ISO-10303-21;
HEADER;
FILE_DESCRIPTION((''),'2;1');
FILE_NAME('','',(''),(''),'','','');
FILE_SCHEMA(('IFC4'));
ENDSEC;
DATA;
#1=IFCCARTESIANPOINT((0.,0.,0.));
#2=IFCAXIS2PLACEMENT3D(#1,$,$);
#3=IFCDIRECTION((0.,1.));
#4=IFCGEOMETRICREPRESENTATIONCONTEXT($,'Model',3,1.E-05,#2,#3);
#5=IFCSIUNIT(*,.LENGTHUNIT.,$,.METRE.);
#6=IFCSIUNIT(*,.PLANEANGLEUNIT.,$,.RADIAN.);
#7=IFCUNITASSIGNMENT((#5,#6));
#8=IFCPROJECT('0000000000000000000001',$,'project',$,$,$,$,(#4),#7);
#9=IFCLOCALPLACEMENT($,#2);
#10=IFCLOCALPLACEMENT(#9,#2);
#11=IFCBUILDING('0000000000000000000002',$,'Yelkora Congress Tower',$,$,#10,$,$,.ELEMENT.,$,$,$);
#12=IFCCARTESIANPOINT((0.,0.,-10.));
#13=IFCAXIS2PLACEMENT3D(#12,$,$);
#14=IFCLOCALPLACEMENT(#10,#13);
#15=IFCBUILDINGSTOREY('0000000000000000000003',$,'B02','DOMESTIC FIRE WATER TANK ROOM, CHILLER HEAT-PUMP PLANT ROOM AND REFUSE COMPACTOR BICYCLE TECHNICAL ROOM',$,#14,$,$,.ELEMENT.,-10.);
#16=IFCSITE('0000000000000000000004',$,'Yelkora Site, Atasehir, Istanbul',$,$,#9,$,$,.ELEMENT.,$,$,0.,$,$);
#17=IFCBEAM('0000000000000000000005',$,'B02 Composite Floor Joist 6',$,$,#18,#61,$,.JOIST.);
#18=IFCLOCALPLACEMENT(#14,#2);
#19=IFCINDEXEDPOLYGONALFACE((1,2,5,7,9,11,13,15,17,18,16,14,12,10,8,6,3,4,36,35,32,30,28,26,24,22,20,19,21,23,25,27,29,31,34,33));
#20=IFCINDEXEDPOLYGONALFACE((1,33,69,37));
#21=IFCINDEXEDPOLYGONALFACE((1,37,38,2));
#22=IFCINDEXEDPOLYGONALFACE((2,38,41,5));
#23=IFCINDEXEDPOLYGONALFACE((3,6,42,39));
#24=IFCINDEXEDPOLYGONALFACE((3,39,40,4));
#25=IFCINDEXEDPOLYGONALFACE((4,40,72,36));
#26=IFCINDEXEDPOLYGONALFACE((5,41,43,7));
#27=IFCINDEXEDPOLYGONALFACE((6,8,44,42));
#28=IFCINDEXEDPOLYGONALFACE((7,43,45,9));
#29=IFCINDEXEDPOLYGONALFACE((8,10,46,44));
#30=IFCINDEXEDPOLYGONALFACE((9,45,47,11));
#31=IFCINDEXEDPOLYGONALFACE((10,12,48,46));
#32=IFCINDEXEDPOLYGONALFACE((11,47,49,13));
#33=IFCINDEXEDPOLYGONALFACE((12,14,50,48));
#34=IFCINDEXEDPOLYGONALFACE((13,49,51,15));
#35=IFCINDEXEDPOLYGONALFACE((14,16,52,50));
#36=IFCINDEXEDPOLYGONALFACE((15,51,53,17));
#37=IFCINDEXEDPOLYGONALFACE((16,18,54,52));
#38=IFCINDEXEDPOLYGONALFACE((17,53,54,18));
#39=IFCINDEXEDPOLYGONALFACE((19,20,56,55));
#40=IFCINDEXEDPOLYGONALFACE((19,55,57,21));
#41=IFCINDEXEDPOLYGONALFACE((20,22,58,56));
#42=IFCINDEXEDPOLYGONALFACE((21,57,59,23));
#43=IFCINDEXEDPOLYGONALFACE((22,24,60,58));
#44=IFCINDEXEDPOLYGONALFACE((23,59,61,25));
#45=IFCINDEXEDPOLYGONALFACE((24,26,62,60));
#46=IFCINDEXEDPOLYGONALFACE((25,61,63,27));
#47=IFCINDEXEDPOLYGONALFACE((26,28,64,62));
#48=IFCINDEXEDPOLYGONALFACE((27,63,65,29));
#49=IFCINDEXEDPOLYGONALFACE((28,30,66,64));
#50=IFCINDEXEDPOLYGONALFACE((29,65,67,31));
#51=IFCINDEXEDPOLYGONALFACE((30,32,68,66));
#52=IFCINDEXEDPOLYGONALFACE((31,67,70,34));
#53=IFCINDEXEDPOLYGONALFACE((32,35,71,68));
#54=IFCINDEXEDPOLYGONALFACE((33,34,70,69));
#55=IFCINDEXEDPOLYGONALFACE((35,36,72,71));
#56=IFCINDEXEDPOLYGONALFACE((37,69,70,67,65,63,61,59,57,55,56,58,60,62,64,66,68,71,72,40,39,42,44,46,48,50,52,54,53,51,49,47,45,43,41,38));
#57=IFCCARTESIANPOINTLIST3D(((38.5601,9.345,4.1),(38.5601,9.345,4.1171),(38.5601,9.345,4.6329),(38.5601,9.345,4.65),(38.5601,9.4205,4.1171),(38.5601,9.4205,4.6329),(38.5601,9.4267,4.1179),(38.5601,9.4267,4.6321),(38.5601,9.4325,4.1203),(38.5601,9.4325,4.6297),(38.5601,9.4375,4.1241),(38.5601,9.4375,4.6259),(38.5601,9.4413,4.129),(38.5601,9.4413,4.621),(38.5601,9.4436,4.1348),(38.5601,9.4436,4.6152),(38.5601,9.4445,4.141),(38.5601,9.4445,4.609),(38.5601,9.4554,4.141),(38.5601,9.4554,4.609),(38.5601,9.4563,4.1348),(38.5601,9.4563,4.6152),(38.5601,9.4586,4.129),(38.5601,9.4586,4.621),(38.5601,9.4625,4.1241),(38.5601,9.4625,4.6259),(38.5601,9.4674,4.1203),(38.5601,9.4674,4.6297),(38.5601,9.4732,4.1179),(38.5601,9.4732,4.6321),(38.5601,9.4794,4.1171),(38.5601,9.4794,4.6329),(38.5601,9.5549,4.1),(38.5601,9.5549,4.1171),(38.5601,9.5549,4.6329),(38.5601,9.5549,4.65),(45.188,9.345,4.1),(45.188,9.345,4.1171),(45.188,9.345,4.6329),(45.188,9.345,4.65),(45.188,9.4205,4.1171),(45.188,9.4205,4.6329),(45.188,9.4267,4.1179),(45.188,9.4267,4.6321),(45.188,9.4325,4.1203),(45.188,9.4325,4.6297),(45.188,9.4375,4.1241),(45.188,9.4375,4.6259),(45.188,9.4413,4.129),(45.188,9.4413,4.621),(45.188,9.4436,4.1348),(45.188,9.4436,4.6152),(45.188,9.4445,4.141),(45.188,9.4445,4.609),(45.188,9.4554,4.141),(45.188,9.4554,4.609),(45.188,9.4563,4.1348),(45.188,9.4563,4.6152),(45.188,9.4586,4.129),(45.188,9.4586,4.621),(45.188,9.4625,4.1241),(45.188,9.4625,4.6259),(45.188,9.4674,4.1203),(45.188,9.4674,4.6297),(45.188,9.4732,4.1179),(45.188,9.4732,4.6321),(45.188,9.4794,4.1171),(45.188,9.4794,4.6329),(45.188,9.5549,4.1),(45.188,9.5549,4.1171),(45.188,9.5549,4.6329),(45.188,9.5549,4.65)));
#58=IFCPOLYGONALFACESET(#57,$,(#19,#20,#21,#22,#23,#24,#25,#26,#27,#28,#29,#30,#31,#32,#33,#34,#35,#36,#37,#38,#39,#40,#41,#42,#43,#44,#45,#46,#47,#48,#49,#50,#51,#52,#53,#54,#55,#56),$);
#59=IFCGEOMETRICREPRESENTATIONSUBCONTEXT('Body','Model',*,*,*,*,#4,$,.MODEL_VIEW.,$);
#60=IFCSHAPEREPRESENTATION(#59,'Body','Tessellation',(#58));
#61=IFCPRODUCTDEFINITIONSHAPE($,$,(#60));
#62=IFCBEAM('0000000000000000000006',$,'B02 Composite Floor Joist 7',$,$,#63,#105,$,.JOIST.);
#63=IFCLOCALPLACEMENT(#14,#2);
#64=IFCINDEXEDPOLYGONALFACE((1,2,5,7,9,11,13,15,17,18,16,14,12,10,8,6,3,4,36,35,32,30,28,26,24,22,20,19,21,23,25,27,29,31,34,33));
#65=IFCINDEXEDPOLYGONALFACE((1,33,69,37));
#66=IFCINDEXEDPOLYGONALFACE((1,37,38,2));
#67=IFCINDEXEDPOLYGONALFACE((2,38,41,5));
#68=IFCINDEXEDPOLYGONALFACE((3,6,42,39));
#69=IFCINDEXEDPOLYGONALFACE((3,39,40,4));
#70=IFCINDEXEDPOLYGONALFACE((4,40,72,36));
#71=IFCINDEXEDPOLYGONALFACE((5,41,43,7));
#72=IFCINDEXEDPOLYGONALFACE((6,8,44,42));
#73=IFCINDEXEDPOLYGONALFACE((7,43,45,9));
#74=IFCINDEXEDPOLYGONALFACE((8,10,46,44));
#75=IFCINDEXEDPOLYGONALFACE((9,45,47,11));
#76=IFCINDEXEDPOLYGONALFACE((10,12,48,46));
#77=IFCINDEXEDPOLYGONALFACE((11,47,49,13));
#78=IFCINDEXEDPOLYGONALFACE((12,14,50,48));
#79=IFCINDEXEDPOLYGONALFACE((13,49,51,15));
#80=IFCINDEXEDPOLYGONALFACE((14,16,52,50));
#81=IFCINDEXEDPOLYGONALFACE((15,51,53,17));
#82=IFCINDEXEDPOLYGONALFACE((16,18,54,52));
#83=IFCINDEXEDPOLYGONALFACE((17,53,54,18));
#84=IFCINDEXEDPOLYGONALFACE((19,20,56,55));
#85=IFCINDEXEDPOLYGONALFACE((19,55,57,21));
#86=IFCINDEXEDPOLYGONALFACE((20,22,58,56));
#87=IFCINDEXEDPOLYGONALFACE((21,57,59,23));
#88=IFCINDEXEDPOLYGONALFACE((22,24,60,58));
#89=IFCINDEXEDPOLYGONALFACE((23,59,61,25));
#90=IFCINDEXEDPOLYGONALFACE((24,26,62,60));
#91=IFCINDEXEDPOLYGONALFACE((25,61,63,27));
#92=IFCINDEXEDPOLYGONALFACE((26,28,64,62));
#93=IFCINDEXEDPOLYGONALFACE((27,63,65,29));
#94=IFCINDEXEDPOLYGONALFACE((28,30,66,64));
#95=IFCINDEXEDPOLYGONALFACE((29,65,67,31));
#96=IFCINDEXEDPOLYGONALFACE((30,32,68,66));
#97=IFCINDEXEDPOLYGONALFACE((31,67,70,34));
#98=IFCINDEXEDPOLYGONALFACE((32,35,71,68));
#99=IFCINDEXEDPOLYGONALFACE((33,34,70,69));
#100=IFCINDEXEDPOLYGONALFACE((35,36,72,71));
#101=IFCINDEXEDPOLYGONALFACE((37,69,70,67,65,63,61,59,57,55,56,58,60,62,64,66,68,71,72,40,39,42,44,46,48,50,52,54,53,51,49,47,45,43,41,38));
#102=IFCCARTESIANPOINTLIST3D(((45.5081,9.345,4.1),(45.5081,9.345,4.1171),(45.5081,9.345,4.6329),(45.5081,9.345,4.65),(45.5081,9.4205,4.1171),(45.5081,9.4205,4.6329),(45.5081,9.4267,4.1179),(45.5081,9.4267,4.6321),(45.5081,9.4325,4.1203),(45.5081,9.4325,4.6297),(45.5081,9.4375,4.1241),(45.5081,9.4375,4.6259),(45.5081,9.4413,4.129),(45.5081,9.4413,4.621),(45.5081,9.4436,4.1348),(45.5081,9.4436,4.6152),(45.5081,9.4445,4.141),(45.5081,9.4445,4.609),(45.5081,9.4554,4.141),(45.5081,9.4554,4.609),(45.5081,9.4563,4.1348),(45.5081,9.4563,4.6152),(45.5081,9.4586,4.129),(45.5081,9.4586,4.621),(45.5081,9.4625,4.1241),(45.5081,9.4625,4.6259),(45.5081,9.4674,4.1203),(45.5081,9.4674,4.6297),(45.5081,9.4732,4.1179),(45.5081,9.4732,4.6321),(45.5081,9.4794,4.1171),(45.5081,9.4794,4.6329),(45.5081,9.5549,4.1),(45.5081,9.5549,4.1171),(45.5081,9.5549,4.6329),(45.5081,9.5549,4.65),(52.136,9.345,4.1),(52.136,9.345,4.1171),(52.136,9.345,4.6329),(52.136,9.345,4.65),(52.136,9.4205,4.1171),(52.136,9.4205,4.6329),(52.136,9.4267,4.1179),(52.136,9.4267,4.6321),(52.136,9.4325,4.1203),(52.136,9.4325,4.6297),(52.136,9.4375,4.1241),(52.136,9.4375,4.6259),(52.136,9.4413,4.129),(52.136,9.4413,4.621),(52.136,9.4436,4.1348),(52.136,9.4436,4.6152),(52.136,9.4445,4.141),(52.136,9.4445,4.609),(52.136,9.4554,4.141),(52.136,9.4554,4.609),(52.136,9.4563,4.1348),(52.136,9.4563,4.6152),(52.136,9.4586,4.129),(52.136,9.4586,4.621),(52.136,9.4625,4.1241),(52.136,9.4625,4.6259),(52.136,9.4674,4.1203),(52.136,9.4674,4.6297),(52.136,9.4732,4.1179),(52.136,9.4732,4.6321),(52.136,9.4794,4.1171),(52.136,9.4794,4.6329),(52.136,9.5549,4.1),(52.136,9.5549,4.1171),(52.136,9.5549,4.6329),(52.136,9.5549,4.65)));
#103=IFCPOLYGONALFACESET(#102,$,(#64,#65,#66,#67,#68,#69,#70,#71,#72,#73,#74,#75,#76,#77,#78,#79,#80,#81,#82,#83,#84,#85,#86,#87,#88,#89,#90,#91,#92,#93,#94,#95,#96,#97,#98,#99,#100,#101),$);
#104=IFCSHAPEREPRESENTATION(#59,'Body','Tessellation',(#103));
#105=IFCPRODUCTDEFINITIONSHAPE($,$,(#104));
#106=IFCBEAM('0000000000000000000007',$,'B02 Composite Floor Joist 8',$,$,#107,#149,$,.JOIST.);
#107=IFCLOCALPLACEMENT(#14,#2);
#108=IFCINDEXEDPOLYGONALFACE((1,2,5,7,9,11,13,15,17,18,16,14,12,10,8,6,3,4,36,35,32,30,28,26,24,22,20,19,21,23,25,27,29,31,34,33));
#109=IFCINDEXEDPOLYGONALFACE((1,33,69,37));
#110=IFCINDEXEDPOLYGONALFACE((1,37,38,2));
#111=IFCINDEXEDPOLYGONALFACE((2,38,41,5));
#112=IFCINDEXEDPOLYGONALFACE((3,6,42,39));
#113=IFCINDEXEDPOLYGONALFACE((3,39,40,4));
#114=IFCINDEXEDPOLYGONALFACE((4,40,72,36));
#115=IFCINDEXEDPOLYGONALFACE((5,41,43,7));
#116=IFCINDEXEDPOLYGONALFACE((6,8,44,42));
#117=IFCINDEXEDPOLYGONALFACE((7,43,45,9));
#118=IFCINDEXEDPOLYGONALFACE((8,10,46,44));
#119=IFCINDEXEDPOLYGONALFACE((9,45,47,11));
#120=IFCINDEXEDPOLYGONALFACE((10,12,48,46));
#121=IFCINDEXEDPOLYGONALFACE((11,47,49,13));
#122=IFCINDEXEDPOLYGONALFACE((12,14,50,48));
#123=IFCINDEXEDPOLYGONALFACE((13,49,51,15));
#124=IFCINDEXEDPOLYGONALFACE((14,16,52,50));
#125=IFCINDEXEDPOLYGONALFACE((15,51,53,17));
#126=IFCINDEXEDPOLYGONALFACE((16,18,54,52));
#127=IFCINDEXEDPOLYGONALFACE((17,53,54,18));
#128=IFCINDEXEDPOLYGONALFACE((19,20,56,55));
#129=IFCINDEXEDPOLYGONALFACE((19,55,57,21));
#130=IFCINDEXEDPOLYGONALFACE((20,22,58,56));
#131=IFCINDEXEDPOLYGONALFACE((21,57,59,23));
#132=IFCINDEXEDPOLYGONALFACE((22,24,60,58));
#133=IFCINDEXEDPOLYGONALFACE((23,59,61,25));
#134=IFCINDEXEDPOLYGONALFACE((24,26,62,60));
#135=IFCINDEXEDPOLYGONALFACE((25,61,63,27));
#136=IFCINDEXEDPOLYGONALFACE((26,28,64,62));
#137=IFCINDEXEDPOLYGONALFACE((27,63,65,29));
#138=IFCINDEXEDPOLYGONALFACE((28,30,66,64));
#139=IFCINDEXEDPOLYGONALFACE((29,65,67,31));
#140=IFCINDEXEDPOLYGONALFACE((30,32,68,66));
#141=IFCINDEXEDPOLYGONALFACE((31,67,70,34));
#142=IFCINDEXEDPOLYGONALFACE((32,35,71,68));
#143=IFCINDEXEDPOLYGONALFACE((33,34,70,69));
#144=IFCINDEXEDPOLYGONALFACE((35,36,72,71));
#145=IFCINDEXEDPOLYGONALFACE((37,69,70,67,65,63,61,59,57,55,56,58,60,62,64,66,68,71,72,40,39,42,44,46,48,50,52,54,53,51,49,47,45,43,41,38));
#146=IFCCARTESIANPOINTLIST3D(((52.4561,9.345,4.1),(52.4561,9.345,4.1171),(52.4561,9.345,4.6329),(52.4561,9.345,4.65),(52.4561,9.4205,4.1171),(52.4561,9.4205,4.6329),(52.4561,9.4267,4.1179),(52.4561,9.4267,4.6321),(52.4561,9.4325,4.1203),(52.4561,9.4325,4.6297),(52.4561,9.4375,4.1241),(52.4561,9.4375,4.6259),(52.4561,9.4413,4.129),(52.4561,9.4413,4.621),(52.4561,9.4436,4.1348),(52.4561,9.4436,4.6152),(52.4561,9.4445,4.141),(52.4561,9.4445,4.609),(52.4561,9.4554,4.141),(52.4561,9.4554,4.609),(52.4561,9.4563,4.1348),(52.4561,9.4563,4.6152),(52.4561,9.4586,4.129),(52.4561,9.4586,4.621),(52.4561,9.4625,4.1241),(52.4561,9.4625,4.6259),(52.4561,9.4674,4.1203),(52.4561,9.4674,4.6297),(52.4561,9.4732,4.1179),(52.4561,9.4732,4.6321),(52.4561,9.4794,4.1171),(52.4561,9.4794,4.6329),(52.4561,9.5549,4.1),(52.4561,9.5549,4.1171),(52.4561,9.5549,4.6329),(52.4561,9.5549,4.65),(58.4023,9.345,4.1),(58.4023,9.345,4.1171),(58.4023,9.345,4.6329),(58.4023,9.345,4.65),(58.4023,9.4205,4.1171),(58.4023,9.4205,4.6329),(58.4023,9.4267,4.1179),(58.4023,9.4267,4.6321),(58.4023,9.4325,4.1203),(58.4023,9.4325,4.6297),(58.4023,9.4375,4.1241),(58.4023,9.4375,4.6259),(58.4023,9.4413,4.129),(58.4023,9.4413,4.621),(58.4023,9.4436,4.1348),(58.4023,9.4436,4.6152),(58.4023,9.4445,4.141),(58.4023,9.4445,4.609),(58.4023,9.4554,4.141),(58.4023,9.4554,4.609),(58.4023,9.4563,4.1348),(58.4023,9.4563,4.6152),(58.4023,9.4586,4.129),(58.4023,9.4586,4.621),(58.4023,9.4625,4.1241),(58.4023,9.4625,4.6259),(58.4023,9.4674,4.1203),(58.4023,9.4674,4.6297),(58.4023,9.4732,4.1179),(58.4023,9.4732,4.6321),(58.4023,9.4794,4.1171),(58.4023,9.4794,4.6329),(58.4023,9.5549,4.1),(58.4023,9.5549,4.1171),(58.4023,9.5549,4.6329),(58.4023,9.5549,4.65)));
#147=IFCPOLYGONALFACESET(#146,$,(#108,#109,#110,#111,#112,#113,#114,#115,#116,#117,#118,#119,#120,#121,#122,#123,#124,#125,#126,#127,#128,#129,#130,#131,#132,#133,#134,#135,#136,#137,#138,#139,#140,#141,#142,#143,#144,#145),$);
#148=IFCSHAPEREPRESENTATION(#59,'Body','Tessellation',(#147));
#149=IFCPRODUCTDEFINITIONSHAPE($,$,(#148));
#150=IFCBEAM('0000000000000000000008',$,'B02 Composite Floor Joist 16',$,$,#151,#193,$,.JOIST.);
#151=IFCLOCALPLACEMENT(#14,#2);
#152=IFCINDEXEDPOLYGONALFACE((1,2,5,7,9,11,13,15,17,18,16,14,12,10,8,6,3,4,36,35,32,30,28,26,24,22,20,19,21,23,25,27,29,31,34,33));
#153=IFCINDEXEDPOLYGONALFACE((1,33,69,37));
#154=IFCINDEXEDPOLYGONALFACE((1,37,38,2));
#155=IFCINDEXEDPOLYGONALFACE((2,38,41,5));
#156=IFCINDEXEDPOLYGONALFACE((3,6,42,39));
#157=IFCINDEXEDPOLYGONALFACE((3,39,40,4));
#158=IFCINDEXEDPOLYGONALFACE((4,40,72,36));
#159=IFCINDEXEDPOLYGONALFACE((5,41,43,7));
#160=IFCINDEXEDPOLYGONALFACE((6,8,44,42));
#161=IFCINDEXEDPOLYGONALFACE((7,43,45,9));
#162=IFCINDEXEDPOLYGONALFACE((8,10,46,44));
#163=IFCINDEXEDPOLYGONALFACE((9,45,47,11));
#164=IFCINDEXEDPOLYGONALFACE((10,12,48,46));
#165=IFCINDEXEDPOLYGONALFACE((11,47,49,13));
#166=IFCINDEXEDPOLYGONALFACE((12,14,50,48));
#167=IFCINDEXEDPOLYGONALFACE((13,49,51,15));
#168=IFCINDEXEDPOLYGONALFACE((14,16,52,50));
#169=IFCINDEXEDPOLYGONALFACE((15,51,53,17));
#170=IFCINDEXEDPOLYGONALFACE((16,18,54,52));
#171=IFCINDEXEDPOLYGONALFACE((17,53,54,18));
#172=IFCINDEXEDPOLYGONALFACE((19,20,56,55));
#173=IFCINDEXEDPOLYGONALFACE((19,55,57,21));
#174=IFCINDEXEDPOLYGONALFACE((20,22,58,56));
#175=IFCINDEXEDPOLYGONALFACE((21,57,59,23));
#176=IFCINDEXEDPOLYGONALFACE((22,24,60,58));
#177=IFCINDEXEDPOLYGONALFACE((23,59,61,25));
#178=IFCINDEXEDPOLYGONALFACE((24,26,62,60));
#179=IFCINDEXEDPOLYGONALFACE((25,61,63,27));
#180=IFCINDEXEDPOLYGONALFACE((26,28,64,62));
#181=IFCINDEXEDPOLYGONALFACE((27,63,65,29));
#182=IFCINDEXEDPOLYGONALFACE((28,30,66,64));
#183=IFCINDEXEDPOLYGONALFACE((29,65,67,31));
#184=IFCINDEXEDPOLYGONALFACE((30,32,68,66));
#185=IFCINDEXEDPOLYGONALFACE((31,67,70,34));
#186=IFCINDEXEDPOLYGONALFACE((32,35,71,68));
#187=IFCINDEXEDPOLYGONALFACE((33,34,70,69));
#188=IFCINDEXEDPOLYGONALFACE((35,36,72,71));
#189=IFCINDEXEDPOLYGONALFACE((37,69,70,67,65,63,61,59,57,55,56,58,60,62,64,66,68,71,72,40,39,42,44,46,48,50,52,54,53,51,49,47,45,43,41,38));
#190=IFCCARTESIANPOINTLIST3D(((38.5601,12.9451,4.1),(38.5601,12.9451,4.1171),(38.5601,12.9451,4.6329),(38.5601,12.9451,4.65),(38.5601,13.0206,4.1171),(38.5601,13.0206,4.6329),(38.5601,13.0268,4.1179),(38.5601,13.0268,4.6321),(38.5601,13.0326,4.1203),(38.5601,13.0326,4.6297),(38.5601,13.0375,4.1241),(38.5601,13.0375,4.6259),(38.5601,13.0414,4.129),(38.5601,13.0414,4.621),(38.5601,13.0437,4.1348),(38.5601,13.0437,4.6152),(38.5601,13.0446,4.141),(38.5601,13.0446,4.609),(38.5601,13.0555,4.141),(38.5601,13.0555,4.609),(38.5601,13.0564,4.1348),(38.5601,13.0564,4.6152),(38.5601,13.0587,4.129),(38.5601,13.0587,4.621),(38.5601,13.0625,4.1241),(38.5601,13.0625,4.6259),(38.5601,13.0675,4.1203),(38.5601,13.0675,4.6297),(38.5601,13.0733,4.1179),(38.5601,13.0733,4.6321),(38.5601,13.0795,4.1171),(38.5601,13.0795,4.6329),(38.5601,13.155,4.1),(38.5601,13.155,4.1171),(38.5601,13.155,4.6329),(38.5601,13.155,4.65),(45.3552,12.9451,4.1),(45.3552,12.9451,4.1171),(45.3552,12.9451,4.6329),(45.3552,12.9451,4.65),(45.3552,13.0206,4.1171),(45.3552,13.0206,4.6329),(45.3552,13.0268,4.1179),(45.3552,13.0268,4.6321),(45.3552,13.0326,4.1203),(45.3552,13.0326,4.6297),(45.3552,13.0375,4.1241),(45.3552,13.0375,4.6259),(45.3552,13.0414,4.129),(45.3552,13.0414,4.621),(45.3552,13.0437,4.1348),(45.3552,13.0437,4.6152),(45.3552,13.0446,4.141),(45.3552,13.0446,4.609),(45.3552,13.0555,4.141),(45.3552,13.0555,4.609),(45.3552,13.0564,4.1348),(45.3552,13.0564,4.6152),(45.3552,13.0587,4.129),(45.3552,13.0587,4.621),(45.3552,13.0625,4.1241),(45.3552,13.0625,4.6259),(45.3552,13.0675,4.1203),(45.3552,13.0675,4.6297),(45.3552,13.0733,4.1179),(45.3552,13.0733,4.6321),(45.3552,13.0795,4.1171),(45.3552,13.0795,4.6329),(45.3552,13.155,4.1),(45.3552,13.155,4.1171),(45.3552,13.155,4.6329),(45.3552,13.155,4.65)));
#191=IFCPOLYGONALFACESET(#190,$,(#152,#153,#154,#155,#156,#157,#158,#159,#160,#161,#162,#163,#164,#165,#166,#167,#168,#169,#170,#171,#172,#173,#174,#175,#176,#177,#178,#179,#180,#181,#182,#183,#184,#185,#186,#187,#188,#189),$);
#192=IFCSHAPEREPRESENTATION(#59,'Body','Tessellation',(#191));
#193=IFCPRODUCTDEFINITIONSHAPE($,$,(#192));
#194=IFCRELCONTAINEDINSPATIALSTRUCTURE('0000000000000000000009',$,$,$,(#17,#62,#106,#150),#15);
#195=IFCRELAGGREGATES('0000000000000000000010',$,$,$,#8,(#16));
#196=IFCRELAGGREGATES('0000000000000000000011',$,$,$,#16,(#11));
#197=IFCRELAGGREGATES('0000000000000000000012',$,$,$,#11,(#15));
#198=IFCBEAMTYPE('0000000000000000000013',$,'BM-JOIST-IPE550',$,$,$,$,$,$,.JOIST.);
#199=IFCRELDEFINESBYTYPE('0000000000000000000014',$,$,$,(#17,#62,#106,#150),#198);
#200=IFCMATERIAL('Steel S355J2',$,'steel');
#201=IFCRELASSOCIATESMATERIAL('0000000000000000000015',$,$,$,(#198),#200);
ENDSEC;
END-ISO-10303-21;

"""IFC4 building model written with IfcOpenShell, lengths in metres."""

from ifc_helpers import new_model, si_unit, direction, frame, origin, origin_2d, place, context, subcontext, project, spatial, i_section, extrude, material, material_profile, profile_set, type_object, element, save


model = new_model("IFC4")

# Units and contexts
model_context = context("Model", 3, precision=1e-05, world=origin(), true_north=direction((0.0, 1.0)))
body_context = subcontext(model_context, "Body", "Model", "MODEL_VIEW")
ifc_project = project(units=[si_unit("LENGTHUNIT", "METRE"), si_unit("PLANEANGLEUNIT", "RADIAN")], contexts=[model_context])

# Site, building, storey
site_placement = place(None, origin())
site = spatial("IfcSite", under=ifc_project, at=site_placement, Name="Yelkora Site, Atasehir, Istanbul", CompositionType="ELEMENT", RefElevation=0.0)
building_placement = place(site_placement, origin())
building = spatial("IfcBuilding", under=site, at=building_placement, Name="Yelkora Congress Tower", CompositionType="ELEMENT")
storey_placement = place(building_placement, frame((0.0, 0.0, -10.0)))
storey = spatial("IfcBuildingStorey", under=building, at=storey_placement, Name="B02", Description="DOMESTIC FIRE WATER TANK ROOM, CHILLER HEAT-PUMP PLANT ROOM AND REFUSE COMPACTOR BICYCLE TECHNICAL ROOM", CompositionType="ELEMENT", Elevation=-10.0)

# Beams
ifc_material_1 = material(Name="Steel S355J2", Category="steel")
ifc_material_profile_1 = material_profile(ifc_material_1, i_section(OverallWidth=0.21, OverallDepth=0.55, WebThickness=0.011, FlangeThickness=0.0171, FilletRadius=0.0239, at=origin_2d()), Name="IPE 550")
ifc_profile_set_1 = profile_set([ifc_material_profile_1], Name="Steel S355J2")
beam_type_1 = type_object("IfcBeamType", Name="BM-JOIST-IPE550", PredefinedType="JOIST", material=ifc_profile_set_1)
for number, where, z_axis, x_axis, name in (
    (1, (38.5601, 9.45, 4.375), (1.0, 0.0, 0.0), (0.0, 1.0, 0.0), "B02 Composite Floor Joist 6"),
    (2, (45.5081, 9.45, 4.375), (1.0, 0.0, 0.0), (0.0, 1.0, 0.0), "B02 Composite Floor Joist 7"),
):
    element("IfcBeam", number, at=place(storey_placement, frame(where, z_axis=z_axis, x_axis=x_axis)), inside=storey, type_object=beam_type_1, Name=name, PredefinedType="JOIST", context=body_context, shape_type="SweptSolid", body=[
        extrude(i_section(OverallWidth=0.21, OverallDepth=0.55, WebThickness=0.011, FlangeThickness=0.0171, FilletRadius=0.0239, at=origin_2d()), origin(), (0.0, 0.0, 1.0), 6.6279),
    ])
beam_1_placement = place(storey_placement, frame((52.4561, 9.45, 4.375), z_axis=(1.0, 0.0, 0.0), x_axis=(0.0, 1.0, 0.0)))
element("IfcBeam", 3, at=beam_1_placement, inside=storey, type_object=beam_type_1, Name="B02 Composite Floor Joist 8", PredefinedType="JOIST", context=body_context, shape_type="SweptSolid", body=[
    extrude(i_section(OverallWidth=0.21, OverallDepth=0.55, WebThickness=0.011, FlangeThickness=0.0171, FilletRadius=0.0239, at=origin_2d()), origin(), (0.0, 0.0, 1.0), 5.9463),
])
beam_2_placement = place(storey_placement, frame((38.5601, 13.05, 4.375), z_axis=(1.0, 0.0, 0.0), x_axis=(0.0, 1.0, 0.0)))
element("IfcBeam", 4, at=beam_2_placement, inside=storey, type_object=beam_type_1, Name="B02 Composite Floor Joist 16", PredefinedType="JOIST", context=body_context, shape_type="SweptSolid", body=[
    extrude(i_section(OverallWidth=0.21, OverallDepth=0.55, WebThickness=0.011, FlangeThickness=0.0171, FilletRadius=0.0239, at=origin_2d()), origin(), (0.0, 0.0, 1.0), 6.7952),
])

save(model, "model.ifc")
